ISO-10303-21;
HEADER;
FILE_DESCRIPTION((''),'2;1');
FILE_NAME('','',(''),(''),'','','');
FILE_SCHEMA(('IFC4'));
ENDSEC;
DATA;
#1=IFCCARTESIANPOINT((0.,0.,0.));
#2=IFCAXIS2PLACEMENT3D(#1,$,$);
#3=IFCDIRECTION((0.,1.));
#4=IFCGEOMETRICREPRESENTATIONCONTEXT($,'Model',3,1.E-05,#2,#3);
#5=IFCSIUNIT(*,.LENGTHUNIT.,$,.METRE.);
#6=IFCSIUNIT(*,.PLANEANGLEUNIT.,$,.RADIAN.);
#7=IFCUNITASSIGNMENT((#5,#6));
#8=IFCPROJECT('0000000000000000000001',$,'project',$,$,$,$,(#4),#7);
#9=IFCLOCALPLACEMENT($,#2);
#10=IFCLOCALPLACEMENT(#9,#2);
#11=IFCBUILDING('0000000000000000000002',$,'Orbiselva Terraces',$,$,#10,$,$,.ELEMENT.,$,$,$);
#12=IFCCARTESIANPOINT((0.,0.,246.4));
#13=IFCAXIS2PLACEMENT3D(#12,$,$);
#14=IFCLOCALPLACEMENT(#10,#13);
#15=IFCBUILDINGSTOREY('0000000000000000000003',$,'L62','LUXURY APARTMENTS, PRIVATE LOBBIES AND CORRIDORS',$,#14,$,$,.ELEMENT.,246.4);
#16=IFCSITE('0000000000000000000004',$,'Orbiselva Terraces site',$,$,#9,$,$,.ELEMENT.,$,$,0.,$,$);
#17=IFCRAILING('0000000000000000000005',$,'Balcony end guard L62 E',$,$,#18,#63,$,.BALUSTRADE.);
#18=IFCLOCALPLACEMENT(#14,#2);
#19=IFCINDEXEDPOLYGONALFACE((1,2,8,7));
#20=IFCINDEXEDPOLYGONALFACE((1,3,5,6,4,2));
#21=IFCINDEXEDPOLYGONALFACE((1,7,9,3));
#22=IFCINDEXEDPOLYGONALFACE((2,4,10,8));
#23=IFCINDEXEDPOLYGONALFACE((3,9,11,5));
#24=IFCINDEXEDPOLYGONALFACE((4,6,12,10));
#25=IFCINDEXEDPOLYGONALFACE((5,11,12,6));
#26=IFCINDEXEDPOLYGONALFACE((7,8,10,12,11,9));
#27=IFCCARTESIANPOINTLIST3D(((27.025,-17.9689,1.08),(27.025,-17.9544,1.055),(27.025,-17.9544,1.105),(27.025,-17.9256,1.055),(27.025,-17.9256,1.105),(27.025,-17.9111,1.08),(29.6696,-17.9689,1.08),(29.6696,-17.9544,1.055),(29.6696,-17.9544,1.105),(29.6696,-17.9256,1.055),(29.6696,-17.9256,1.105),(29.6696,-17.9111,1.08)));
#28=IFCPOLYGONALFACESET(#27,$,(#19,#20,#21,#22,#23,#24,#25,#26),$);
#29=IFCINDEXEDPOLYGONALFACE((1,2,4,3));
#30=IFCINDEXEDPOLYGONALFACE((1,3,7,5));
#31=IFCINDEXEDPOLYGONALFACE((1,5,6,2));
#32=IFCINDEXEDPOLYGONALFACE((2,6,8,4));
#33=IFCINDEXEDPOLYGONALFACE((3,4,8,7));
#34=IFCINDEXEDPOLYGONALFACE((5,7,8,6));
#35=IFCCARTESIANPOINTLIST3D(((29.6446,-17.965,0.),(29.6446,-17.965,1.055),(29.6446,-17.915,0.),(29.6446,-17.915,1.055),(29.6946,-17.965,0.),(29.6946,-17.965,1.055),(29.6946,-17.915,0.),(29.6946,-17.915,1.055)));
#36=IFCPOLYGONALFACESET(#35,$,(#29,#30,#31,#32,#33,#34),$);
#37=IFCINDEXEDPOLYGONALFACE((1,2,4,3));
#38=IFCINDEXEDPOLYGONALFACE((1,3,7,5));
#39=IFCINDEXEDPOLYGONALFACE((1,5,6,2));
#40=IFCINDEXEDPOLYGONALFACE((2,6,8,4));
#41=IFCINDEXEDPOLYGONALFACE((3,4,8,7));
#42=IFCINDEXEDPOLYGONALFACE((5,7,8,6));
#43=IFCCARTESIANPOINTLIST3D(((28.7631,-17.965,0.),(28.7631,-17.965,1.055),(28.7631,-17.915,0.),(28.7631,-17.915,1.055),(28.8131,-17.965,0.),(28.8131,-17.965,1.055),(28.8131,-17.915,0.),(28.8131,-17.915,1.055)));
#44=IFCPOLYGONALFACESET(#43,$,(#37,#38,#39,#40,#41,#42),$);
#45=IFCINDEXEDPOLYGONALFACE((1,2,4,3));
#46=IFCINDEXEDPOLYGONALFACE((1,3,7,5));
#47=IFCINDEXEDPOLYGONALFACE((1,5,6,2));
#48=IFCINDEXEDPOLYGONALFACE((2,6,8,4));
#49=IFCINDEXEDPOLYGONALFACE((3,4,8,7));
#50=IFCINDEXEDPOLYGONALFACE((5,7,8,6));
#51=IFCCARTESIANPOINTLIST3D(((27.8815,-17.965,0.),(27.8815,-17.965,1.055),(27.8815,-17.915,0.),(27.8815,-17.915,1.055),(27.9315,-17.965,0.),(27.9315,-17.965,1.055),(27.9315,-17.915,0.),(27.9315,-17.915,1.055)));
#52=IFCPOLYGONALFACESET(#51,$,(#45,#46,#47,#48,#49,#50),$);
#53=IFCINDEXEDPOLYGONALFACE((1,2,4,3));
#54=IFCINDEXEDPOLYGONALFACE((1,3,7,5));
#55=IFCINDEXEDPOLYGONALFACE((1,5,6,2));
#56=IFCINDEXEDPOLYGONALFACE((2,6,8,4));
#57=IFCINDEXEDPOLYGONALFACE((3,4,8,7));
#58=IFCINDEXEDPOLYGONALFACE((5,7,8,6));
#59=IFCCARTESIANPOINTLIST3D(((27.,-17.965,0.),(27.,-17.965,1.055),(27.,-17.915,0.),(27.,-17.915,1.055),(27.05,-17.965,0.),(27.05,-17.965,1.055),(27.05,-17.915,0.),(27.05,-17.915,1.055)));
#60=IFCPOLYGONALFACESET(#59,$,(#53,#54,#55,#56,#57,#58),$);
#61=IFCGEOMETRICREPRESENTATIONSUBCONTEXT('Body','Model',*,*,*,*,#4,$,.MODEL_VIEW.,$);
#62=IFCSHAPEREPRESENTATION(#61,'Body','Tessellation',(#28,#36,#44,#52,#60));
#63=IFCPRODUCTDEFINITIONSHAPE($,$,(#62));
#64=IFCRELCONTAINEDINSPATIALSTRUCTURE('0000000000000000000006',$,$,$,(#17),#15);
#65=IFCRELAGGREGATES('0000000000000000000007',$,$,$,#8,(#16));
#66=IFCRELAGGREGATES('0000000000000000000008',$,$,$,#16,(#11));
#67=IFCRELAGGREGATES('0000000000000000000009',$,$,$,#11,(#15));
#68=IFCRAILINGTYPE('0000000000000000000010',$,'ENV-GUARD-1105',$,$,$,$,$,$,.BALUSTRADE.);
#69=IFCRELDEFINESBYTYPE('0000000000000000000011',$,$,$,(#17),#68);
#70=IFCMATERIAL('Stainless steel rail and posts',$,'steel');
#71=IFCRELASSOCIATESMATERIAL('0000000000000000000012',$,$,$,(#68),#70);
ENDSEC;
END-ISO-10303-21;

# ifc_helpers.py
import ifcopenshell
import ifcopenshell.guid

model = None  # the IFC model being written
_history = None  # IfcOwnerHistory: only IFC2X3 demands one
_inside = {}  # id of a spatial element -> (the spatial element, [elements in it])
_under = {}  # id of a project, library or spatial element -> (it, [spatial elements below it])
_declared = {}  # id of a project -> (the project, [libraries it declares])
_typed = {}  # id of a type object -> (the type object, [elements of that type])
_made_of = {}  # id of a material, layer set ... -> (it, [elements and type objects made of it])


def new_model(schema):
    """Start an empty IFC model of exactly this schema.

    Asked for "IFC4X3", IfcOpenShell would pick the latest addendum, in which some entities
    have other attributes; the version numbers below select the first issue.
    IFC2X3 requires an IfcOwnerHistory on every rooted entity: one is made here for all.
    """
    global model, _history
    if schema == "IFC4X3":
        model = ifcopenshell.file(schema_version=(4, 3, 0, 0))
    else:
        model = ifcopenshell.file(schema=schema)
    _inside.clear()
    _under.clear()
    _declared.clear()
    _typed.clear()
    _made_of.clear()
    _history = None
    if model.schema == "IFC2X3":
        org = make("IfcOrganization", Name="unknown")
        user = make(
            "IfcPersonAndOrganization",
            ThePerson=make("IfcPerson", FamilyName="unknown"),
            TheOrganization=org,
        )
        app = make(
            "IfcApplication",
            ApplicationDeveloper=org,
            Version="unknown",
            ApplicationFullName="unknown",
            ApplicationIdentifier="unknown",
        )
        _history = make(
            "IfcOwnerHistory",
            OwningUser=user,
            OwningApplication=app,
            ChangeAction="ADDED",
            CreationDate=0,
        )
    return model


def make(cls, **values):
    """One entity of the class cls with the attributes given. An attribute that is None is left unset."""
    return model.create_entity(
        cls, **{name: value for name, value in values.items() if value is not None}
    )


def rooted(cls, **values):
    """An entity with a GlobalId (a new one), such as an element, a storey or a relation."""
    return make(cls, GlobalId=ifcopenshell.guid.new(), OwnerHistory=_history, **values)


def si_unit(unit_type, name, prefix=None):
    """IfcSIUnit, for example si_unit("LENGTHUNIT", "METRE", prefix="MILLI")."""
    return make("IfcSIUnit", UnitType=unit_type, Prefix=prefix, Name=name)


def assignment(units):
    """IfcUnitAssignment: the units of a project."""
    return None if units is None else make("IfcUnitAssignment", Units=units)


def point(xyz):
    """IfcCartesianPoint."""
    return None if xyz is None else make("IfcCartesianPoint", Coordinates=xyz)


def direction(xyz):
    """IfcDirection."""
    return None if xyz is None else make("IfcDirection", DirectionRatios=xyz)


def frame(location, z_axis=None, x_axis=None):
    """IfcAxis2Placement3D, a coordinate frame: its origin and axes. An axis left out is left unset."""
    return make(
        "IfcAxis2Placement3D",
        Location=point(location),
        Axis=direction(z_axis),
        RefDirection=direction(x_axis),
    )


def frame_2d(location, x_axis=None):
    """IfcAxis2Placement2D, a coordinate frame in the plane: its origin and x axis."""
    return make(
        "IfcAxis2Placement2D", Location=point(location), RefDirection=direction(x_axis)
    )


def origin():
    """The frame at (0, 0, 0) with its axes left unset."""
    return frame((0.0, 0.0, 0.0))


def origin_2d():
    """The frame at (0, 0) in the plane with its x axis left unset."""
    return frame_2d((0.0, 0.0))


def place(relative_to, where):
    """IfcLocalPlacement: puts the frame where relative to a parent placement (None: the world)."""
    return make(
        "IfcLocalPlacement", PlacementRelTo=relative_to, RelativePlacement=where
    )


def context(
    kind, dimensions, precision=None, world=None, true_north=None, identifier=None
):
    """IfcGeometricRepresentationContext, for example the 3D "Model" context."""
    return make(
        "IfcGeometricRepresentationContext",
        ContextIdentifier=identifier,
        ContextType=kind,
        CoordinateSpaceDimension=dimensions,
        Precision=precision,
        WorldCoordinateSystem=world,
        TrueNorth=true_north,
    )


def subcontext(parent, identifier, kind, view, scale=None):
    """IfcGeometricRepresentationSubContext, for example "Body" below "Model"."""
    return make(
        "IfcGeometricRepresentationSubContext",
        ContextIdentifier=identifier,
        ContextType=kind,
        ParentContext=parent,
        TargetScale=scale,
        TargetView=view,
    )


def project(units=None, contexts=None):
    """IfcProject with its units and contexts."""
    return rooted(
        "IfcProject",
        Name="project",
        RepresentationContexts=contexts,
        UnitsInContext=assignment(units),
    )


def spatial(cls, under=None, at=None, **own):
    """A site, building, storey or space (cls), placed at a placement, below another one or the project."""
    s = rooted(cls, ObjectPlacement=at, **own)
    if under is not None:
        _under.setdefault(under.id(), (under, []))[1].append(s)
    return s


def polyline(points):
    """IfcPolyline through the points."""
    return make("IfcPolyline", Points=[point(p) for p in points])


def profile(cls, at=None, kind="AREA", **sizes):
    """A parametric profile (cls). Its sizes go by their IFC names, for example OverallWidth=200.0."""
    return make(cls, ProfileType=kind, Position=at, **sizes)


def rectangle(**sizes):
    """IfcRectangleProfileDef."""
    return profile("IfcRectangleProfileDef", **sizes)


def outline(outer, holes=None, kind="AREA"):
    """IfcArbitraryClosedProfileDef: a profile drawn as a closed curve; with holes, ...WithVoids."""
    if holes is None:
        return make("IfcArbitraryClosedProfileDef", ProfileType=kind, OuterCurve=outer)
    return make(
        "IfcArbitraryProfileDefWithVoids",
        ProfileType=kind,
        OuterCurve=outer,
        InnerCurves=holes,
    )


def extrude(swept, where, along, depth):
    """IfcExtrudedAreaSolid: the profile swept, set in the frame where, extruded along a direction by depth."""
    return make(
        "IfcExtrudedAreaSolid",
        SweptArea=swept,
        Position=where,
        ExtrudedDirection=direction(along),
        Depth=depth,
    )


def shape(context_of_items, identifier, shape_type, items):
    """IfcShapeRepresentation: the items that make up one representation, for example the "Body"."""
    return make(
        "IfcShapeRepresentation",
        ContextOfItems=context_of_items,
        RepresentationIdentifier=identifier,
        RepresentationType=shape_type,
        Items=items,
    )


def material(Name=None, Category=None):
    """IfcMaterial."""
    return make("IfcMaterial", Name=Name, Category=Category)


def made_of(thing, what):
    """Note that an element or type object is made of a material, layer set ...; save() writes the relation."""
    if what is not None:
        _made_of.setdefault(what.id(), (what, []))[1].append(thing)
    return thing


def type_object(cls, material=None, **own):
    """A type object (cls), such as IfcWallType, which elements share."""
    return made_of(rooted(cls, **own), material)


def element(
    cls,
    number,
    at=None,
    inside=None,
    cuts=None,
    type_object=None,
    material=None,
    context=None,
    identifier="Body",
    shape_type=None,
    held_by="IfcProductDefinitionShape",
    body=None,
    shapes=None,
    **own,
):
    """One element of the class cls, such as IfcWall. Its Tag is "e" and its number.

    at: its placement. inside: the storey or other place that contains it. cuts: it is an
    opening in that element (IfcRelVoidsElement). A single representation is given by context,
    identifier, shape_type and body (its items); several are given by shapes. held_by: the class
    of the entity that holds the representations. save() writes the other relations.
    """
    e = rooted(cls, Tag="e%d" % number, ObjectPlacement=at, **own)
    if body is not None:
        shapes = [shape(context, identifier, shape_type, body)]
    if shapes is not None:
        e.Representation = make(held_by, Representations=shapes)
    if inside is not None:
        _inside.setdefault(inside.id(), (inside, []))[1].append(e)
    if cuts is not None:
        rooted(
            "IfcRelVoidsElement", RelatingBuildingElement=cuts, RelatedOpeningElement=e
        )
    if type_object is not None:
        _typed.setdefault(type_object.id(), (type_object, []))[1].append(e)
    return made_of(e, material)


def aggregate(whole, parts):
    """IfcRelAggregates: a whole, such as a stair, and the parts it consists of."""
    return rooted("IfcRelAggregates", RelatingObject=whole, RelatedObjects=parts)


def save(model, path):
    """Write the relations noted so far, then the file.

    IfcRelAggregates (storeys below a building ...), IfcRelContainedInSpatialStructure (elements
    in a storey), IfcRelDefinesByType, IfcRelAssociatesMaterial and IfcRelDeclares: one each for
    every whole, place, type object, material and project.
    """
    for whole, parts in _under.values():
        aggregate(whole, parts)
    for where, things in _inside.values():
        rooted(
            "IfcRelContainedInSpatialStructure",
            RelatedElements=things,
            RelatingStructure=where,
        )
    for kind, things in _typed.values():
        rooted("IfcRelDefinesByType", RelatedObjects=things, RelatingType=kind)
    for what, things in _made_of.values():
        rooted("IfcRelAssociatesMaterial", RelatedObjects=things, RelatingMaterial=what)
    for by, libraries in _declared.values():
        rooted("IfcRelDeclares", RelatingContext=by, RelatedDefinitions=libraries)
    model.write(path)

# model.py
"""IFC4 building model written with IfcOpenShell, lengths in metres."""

from ifc_helpers import new_model, si_unit, direction, frame, origin, origin_2d, place, context, subcontext, project, spatial, polyline, rectangle, outline, extrude, material, type_object, element, save


model = new_model("IFC4")

# Units and contexts
model_context = context("Model", 3, precision=1e-05, world=origin(), true_north=direction((0.0, 1.0)))
body_context = subcontext(model_context, "Body", "Model", "MODEL_VIEW")
ifc_project = project(units=[si_unit("LENGTHUNIT", "METRE"), si_unit("PLANEANGLEUNIT", "RADIAN")], contexts=[model_context])

# Site, building, storey
site_placement = place(None, origin())
site = spatial("IfcSite", under=ifc_project, at=site_placement, Name="Orbiselva Terraces site", CompositionType="ELEMENT", RefElevation=0.0)
building_placement = place(site_placement, origin())
building = spatial("IfcBuilding", under=site, at=building_placement, Name="Orbiselva Terraces", CompositionType="ELEMENT")
storey_placement = place(building_placement, frame((0.0, 0.0, 246.4)))
storey = spatial("IfcBuildingStorey", under=building, at=storey_placement, Name="L62", Description="LUXURY APARTMENTS, PRIVATE LOBBIES AND CORRIDORS", CompositionType="ELEMENT", Elevation=246.4)

# Railing
ifc_material_1 = material(Name="Stainless steel rail and posts", Category="steel")
railing_type_1 = type_object("IfcRailingType", Name="ENV-GUARD-1105", PredefinedType="BALUSTRADE", material=ifc_material_1)
railing_1_placement = place(storey_placement, frame((29.6696, -17.94, 0.0)))
element("IfcRailing", 1, at=railing_1_placement, inside=storey, type_object=railing_type_1, Name="Balcony end guard L62 E", PredefinedType="BALUSTRADE", context=body_context, shape_type="SweptSolid", body=[
    extrude(outline(polyline([(0.0289, 0.0), (0.0144, 0.025), (-0.0144, 0.025), (-0.0289, 0.0), (-0.0144, -0.025), (0.0144, -0.025), (0.0289, 0.0)])), frame((0.0, 0.0, 1.08), z_axis=(-1.0, 0.0, 0.0), x_axis=(0.0, -1.0, 0.0)), (0.0, 0.0, 1.0), 2.6446),
    extrude(rectangle(XDim=0.05, YDim=0.05, at=origin_2d()), origin(), (0.0, 0.0, 1.0), 1.055),
    extrude(rectangle(XDim=0.05, YDim=0.05, at=origin_2d()), frame((-0.8815, 0.0, 0.0)), (0.0, 0.0, 1.0), 1.055),
    extrude(rectangle(XDim=0.05, YDim=0.05, at=origin_2d()), frame((-1.7631, 0.0, 0.0)), (0.0, 0.0, 1.0), 1.055),
    extrude(rectangle(XDim=0.05, YDim=0.05, at=origin_2d()), frame((-2.6446, 0.0, 0.0)), (0.0, 0.0, 1.0), 1.055),
])

save(model, "model.ifc")
